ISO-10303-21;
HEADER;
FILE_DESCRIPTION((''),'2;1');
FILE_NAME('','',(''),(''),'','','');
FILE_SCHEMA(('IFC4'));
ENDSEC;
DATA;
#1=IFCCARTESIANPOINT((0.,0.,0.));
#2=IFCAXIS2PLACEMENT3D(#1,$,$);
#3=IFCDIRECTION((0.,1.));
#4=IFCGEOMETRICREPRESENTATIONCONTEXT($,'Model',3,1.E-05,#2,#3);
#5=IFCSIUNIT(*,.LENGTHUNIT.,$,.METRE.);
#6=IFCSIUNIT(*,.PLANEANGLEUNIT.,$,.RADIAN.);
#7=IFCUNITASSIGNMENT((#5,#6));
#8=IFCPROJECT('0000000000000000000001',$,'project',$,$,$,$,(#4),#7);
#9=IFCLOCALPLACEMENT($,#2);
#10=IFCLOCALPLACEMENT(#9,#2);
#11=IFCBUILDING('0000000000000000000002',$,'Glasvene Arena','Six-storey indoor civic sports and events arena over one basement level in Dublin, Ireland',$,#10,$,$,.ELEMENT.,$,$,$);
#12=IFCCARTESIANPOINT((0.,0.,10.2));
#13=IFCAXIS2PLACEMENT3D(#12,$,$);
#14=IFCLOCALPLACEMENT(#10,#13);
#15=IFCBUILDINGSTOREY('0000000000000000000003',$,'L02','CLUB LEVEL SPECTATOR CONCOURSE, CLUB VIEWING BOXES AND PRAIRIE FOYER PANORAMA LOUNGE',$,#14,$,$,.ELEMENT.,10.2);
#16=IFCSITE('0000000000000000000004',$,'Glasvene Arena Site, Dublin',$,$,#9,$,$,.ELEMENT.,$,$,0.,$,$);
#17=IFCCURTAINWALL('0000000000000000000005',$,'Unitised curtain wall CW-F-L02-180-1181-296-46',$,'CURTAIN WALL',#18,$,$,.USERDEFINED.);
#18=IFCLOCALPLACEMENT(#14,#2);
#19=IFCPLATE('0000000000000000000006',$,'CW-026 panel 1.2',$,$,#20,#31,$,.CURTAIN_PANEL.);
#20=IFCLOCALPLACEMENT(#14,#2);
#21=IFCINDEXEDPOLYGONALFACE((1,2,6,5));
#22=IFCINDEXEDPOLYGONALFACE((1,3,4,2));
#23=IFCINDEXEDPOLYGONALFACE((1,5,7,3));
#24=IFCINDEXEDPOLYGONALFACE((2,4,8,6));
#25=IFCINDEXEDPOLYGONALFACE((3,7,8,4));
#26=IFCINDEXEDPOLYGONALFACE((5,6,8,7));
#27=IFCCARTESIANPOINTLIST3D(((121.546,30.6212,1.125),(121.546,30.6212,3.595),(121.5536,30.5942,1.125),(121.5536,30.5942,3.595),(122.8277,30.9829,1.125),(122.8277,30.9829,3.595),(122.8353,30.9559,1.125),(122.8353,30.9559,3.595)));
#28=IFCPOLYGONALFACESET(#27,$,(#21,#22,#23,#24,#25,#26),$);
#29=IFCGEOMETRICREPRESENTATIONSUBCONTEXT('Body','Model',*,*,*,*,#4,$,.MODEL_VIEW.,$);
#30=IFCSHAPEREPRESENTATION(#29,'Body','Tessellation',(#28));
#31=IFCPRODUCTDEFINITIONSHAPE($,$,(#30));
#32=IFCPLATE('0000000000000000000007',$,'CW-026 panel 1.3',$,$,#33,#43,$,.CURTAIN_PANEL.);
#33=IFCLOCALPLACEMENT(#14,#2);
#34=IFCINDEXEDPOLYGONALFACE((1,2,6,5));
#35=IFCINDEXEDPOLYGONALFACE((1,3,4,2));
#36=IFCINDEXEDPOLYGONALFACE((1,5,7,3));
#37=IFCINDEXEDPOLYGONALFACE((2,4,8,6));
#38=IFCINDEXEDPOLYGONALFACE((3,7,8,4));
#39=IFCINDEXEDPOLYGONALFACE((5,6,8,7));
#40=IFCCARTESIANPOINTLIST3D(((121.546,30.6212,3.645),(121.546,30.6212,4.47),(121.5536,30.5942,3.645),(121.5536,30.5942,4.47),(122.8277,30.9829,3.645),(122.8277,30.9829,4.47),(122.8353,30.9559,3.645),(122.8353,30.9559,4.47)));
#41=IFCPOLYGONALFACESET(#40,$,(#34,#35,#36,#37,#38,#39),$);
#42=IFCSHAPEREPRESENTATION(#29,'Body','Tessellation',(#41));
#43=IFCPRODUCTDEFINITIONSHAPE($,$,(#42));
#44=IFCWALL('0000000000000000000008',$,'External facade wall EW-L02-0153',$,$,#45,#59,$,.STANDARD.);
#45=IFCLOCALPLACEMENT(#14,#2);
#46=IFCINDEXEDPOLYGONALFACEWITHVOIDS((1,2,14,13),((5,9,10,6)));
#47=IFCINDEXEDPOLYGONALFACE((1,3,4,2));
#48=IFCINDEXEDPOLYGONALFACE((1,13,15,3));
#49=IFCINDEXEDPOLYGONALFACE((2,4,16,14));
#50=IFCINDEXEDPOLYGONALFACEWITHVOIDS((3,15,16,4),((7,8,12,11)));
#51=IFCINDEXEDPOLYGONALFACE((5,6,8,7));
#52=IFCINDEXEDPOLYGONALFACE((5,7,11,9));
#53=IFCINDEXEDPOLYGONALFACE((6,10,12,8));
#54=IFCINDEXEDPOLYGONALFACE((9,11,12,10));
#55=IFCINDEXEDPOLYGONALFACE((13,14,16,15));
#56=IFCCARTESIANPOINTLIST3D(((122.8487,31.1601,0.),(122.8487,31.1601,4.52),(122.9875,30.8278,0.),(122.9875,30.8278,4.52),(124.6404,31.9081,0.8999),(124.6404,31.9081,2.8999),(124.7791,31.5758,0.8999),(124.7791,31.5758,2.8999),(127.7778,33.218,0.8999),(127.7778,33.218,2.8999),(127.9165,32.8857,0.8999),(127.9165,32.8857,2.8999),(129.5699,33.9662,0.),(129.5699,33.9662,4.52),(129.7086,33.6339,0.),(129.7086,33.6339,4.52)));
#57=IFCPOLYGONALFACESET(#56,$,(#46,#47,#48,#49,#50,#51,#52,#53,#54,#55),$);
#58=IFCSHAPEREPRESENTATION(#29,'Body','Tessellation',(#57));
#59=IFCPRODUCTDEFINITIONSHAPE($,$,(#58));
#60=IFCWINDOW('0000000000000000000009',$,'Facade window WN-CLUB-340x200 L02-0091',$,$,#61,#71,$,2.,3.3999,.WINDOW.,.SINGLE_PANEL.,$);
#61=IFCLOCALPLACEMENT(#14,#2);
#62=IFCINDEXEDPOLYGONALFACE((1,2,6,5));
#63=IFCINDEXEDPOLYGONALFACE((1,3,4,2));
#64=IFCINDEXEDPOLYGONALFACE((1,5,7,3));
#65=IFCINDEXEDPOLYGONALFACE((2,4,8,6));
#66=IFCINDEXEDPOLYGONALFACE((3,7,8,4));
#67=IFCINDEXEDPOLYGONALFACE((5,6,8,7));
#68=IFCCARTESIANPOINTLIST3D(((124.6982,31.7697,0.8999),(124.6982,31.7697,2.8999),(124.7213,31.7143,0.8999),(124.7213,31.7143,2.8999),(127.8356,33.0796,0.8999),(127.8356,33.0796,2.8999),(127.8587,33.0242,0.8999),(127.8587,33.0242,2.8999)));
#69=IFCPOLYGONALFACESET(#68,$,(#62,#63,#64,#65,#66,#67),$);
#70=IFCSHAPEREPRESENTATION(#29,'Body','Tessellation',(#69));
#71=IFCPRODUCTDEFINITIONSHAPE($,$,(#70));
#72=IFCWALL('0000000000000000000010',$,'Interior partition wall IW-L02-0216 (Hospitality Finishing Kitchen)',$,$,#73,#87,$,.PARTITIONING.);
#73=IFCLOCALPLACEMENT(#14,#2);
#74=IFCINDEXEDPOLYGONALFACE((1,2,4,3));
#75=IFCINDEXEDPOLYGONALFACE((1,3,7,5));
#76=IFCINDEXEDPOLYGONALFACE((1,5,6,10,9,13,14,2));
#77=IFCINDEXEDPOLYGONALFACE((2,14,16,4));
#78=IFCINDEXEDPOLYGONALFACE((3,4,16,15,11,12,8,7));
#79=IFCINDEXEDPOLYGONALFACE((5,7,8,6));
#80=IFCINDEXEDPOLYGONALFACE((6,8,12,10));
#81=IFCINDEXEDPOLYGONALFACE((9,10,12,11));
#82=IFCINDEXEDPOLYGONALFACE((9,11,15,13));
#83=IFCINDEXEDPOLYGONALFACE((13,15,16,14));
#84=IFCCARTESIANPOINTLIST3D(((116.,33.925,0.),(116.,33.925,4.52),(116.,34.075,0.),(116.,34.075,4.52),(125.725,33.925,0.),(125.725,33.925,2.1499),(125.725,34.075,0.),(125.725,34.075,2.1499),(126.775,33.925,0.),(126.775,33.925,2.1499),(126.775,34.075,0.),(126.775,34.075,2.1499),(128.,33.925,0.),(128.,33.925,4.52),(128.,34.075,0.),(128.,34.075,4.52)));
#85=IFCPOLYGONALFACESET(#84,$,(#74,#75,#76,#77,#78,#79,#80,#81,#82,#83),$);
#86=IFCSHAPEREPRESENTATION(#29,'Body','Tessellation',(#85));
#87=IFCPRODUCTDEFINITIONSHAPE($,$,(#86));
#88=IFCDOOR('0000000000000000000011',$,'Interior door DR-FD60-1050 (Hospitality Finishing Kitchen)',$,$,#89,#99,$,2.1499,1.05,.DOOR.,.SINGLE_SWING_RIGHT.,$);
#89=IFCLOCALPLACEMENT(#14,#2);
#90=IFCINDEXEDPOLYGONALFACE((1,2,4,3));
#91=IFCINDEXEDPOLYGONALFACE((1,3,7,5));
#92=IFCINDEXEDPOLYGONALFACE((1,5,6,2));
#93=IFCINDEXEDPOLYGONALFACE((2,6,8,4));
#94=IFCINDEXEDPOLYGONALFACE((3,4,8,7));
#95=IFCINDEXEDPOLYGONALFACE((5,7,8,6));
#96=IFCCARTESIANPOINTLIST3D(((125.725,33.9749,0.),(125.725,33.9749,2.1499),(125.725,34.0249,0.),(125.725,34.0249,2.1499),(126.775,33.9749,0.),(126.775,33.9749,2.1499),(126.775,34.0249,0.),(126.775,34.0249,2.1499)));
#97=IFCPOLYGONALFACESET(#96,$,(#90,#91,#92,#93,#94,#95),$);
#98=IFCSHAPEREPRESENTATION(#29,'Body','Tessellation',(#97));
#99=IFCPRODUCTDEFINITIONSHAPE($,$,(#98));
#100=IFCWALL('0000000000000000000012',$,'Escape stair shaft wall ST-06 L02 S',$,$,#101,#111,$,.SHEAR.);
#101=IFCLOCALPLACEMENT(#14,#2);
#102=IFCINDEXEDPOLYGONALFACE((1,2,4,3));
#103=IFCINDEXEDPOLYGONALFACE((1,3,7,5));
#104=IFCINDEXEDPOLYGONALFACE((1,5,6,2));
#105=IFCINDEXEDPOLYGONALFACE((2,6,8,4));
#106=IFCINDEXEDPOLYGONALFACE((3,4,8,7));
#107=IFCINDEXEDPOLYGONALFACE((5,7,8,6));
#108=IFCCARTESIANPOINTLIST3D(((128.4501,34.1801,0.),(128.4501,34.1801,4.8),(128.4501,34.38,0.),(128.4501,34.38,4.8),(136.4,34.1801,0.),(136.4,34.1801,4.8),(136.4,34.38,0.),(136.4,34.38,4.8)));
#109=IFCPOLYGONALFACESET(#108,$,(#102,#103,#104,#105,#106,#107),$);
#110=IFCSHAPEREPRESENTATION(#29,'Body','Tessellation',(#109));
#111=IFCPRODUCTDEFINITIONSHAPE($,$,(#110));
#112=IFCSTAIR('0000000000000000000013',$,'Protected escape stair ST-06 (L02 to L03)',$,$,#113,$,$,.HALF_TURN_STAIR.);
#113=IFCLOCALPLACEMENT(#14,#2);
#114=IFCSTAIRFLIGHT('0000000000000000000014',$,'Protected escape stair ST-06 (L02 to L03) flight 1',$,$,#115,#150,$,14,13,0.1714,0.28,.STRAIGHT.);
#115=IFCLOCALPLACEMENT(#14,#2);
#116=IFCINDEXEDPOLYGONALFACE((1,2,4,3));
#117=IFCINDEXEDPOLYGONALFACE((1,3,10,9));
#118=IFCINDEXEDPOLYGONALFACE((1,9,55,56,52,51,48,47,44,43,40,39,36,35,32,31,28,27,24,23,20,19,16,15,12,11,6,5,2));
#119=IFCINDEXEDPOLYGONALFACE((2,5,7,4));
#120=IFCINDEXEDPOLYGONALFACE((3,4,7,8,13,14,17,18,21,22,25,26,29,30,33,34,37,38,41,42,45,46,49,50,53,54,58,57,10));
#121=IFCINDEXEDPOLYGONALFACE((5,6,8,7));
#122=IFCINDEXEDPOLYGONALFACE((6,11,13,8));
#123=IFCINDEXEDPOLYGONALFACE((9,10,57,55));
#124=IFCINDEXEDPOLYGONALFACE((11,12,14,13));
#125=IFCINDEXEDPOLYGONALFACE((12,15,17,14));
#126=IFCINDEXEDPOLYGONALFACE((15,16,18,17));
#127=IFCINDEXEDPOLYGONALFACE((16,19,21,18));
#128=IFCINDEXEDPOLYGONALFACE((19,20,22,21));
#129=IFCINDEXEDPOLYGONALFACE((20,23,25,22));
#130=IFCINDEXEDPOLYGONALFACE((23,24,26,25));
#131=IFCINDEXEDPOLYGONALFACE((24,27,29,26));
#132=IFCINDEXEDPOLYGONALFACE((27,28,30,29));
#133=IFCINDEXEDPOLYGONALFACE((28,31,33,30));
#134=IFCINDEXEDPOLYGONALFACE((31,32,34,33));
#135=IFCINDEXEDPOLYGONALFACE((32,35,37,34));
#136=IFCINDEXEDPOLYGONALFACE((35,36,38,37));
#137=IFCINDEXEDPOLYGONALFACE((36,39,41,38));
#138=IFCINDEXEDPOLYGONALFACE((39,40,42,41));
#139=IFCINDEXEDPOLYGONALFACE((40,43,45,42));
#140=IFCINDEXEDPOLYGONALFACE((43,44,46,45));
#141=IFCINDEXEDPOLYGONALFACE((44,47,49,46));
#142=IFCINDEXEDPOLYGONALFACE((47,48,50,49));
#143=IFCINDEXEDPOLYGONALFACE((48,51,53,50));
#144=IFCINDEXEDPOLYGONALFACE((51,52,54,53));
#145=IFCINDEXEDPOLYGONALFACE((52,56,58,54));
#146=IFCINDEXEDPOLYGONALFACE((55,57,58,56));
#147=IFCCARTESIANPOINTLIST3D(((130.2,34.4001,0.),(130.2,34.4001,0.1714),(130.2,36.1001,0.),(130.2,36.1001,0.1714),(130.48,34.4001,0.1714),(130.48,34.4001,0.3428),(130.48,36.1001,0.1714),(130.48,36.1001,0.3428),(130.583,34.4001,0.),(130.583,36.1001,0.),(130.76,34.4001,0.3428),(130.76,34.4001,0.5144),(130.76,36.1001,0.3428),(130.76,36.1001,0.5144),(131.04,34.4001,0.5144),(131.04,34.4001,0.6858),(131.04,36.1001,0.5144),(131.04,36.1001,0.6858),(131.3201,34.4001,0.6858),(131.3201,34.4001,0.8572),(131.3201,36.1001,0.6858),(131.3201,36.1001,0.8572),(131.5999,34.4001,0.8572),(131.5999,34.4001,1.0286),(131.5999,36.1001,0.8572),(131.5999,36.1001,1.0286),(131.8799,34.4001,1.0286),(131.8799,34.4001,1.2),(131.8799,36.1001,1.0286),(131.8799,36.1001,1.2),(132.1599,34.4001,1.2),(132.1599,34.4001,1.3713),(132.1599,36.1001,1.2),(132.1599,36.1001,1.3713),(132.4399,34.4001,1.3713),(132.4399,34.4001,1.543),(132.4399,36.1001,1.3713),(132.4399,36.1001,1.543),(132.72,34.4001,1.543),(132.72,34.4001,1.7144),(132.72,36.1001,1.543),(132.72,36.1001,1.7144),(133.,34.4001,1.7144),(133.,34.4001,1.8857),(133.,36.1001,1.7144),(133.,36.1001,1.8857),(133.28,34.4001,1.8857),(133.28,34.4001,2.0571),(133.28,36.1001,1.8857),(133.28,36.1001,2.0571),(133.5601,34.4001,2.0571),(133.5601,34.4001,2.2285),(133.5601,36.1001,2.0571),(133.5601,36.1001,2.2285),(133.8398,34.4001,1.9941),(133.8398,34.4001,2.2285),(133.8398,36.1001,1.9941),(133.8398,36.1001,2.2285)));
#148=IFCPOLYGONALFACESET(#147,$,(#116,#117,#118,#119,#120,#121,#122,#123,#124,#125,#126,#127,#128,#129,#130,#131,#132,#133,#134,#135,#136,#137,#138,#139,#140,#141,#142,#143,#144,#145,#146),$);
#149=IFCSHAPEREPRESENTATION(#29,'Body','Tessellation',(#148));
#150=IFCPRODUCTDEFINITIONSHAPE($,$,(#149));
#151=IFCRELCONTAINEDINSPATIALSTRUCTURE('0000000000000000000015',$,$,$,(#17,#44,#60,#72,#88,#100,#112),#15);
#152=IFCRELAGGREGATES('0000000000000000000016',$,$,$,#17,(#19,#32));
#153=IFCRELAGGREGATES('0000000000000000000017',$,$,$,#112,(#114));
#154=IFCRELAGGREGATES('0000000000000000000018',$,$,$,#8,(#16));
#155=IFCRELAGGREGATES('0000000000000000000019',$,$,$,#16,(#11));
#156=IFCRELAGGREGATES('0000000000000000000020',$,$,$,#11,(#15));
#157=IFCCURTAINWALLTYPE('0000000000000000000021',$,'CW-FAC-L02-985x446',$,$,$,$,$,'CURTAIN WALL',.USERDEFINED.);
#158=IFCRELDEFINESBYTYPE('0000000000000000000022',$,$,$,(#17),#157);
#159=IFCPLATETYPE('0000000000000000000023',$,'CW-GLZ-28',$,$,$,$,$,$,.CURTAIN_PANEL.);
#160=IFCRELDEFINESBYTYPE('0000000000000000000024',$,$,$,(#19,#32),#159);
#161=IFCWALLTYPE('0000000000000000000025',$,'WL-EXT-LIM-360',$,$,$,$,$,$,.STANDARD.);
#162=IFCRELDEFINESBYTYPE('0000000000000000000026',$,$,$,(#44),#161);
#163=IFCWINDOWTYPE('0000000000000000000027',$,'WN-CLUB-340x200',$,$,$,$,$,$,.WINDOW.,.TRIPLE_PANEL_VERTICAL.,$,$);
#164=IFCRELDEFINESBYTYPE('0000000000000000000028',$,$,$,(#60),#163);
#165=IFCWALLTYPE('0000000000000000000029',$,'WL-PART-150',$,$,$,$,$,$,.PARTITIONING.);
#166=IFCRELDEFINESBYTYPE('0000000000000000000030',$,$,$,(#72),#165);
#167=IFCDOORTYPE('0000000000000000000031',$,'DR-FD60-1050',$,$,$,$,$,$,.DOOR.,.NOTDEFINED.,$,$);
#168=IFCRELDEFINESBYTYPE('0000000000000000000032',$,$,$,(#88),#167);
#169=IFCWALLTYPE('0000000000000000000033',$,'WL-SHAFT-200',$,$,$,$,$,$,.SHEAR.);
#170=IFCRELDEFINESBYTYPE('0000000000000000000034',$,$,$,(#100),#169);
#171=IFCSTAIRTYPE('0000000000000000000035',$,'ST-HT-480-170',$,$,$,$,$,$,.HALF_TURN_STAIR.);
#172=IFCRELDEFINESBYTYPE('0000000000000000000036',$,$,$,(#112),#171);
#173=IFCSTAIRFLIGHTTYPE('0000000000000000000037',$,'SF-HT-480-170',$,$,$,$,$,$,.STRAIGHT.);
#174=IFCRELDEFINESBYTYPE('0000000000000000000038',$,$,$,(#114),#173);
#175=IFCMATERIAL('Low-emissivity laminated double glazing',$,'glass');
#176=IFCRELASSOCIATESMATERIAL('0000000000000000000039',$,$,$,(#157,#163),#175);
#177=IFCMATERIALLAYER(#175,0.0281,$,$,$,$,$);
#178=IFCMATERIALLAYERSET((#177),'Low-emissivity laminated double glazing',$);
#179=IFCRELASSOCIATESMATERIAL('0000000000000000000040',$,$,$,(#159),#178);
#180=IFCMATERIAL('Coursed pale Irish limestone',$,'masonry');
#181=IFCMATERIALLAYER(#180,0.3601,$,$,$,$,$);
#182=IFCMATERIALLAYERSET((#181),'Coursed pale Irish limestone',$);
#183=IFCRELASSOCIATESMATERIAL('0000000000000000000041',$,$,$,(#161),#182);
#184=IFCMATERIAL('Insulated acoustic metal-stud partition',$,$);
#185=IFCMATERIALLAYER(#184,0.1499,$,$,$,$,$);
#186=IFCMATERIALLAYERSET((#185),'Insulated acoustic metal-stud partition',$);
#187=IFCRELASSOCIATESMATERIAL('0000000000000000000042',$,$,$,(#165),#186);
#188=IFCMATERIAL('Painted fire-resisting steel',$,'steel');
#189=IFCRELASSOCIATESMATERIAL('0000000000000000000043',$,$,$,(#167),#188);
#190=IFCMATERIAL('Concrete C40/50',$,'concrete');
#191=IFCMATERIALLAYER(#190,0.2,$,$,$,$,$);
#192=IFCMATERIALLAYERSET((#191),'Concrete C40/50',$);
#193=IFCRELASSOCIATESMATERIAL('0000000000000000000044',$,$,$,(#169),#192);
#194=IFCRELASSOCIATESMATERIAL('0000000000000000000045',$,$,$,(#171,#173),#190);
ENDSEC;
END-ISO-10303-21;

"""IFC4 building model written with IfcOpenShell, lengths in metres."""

from ifc_helpers import new_model, si_unit, direction, frame, frame_2d, origin, origin_2d, place, context, subcontext, project, spatial, polyline, rectangle, outline, extrude, material, layer, layer_set, type_object, element, fill, aggregate, save


model = new_model("IFC4")

# Units and contexts
model_context = context("Model", 3, precision=1e-05, world=origin(), true_north=direction((0.0, 1.0)))
body_context = subcontext(model_context, "Body", "Model", "MODEL_VIEW")
ifc_project = project(units=[si_unit("LENGTHUNIT", "METRE"), si_unit("PLANEANGLEUNIT", "RADIAN")], contexts=[model_context])

# Site, building, storey
site_placement = place(None, origin())
site = spatial("IfcSite", under=ifc_project, at=site_placement, Name="Glasvene Arena Site, Dublin", CompositionType="ELEMENT", RefElevation=0.0)
building_placement = place(site_placement, origin())
building = spatial("IfcBuilding", under=site, at=building_placement, Name="Glasvene Arena", Description="Six-storey indoor civic sports and events arena over one basement level in Dublin, Ireland", CompositionType="ELEMENT")
storey_placement = place(building_placement, frame((0.0, 0.0, 10.2)))
storey = spatial("IfcBuildingStorey", under=building, at=storey_placement, Name="L02", Description="CLUB LEVEL SPECTATOR CONCOURSE, CLUB VIEWING BOXES AND PRAIRIE FOYER PANORAMA LOUNGE", CompositionType="ELEMENT", Elevation=10.2)

# Curtain wall, plates
ifc_material_1 = material(Name="Low-emissivity laminated double glazing", Category="glass")
curtain_wall_type = type_object("IfcCurtainWallType", Name="CW-FAC-L02-985x446", ElementType="CURTAIN WALL", PredefinedType="USERDEFINED", material=ifc_material_1)
curtain_wall_placement = place(storey_placement, frame((122.8794, 30.9829, 0.0)))
curtain_wall = element("IfcCurtainWall", 1, at=curtain_wall_placement, inside=storey, type_object=curtain_wall_type, Name="Unitised curtain wall CW-F-L02-180-1181-296-46", ObjectType="CURTAIN WALL", PredefinedType="USERDEFINED")
ifc_layer_1 = layer(ifc_material_1, 0.0281)
ifc_layer_set_1 = layer_set([ifc_layer_1], Name="Low-emissivity laminated double glazing")
plate_type = type_object("IfcPlateType", Name="CW-GLZ-28", PredefinedType="CURTAIN_PANEL", material=ifc_layer_set_1)
plate_1_placement = place(storey_placement, frame((122.1907, 30.7886, 1.125), z_axis=(0.0, 0.0, 1.0), x_axis=(-0.962411, -0.271597, 0.0)))
plate_1 = element("IfcPlate", 2, at=plate_1_placement, type_object=plate_type, Name="CW-026 panel 1.2", PredefinedType="CURTAIN_PANEL", context=body_context, shape_type="SweptSolid", body=[
    extrude(rectangle(XDim=1.3318, YDim=0.0281, at=origin_2d()), origin(), (0.0, 0.0, 1.0), 2.47),
])
plate_2_placement = place(storey_placement, frame((122.1907, 30.7886, 3.645), z_axis=(0.0, 0.0, 1.0), x_axis=(-0.962411, -0.271597, 0.0)))
plate_2 = element("IfcPlate", 3, at=plate_2_placement, type_object=plate_type, Name="CW-026 panel 1.3", PredefinedType="CURTAIN_PANEL", context=body_context, shape_type="SweptSolid", body=[
    extrude(rectangle(XDim=1.3318, YDim=0.0281, at=origin_2d()), origin(), (0.0, 0.0, 1.0), 0.825),
])
aggregate(curtain_wall, [plate_1, plate_2])

# Wall, opening, window
ifc_material_2 = material(Name="Coursed pale Irish limestone", Category="masonry")
ifc_layer_2 = layer(ifc_material_2, 0.3601)
ifc_layer_set_2 = layer_set([ifc_layer_2], Name="Coursed pale Irish limestone")
wall_type_1 = type_object("IfcWallType", Name="WL-EXT-LIM-360", PredefinedType="STANDARD", material=ifc_layer_set_2)
wall_1_placement = place(storey_placement, frame((129.6392, 33.8, 0.0), z_axis=(0.0, 0.0, 1.0), x_axis=(-0.922801, -0.385277, 0.0)))
wall_1 = element("IfcWall", 4, at=wall_1_placement, inside=storey, type_object=wall_type_1, Name="External facade wall EW-L02-0153", PredefinedType="STANDARD", context=body_context, shape_type="SweptSolid", body=[
    extrude(rectangle(XDim=7.2834, YDim=0.3601, at=frame_2d((3.6416, 0.0))), origin(), (0.0, 0.0, 1.0), 4.52),
])
opening_1_placement = place(wall_1_placement, frame((1.9419, 0.0, 0.8999)))
opening_1 = element("IfcOpeningElement", 5, at=opening_1_placement, cuts=wall_1, PredefinedType="OPENING", context=body_context, shape_type="SweptSolid", body=[
    extrude(rectangle(XDim=3.3999, YDim=2.0, at=frame_2d((1.7, 1.0))), frame((0.0, 0.1899, 0.0), z_axis=(0.0, -1.0, 0.0), x_axis=(1.0, 0.0, 0.0)), (0.0, 0.0, 1.0), 0.3801),
])
window_type = type_object("IfcWindowType", Name="WN-CLUB-340x200", PartitioningType="TRIPLE_PANEL_VERTICAL", PredefinedType="WINDOW", material=ifc_material_1)
window_placement = place(opening_1_placement, origin())
window = element("IfcWindow", 6, at=window_placement, inside=storey, type_object=window_type, Name="Facade window WN-CLUB-340x200 L02-0091", OverallHeight=2.0, OverallWidth=3.3999, PartitioningType="SINGLE_PANEL", PredefinedType="WINDOW", context=body_context, shape_type="SweptSolid", body=[
    extrude(rectangle(XDim=3.3999, YDim=2.0, at=frame_2d((1.7, 1.0))), frame((0.0, 0.03, 0.0), z_axis=(0.0, -1.0, 0.0), x_axis=(1.0, 0.0, 0.0)), (0.0, 0.0, 1.0), 0.0601),
])
fill(opening_1, window)

# Wall, opening, door
ifc_material_3 = material(Name="Insulated acoustic metal-stud partition")
ifc_layer_3 = layer(ifc_material_3, 0.1499)
ifc_layer_set_3 = layer_set([ifc_layer_3], Name="Insulated acoustic metal-stud partition")
wall_type_2 = type_object("IfcWallType", Name="WL-PART-150", PredefinedType="PARTITIONING", material=ifc_layer_set_3)
wall_2_placement = place(storey_placement, frame((116.0, 34.0, 0.0), z_axis=(0.0, 0.0, 1.0), x_axis=(1.0, 0.0, 0.0)))
wall_2 = element("IfcWall", 7, at=wall_2_placement, inside=storey, type_object=wall_type_2, Name="Interior partition wall IW-L02-0216 (Hospitality Finishing Kitchen)", PredefinedType="PARTITIONING", context=body_context, shape_type="SweptSolid", body=[
    extrude(rectangle(XDim=12.0, YDim=0.1499, at=frame_2d((6.0, 0.0))), origin(), (0.0, 0.0, 1.0), 4.52),
])
opening_2_placement = place(wall_2_placement, frame((9.7251, 0.0, 0.0)))
opening_2 = element("IfcOpeningElement", 8, at=opening_2_placement, cuts=wall_2, PredefinedType="OPENING", context=body_context, shape_type="SweptSolid", body=[
    extrude(rectangle(XDim=1.05, YDim=2.1499, at=frame_2d((0.5249, 1.075))), frame((0.0, 0.085, 0.0), z_axis=(0.0, -1.0, 0.0), x_axis=(1.0, 0.0, 0.0)), (0.0, 0.0, 1.0), 0.1699),
])
ifc_material_4 = material(Name="Painted fire-resisting steel", Category="steel")
door_type_1 = type_object("IfcDoorType", Name="DR-FD60-1050", OperationType="NOTDEFINED", PredefinedType="DOOR", material=ifc_material_4)
door_1_placement = place(opening_2_placement, origin())
door_1 = element("IfcDoor", 9, at=door_1_placement, inside=storey, type_object=door_type_1, Name="Interior door DR-FD60-1050 (Hospitality Finishing Kitchen)", OperationType="SINGLE_SWING_RIGHT", OverallHeight=2.1499, OverallWidth=1.05, PredefinedType="DOOR", context=body_context, shape_type="SweptSolid", body=[
    extrude(rectangle(XDim=1.05, YDim=2.1499, at=frame_2d((0.5249, 1.075))), frame((0.0, 0.0249, 0.0), z_axis=(0.0, -1.0, 0.0), x_axis=(1.0, 0.0, 0.0)), (0.0, 0.0, 1.0), 0.05),
])
fill(opening_2, door_1)

# Wall
ifc_material_5 = material(Name="Concrete C40/50", Category="concrete")
ifc_layer_4 = layer(ifc_material_5, 0.2)
ifc_layer_set_4 = layer_set([ifc_layer_4], Name="Concrete C40/50")
wall_type_3 = type_object("IfcWallType", Name="WL-SHAFT-200", PredefinedType="SHEAR", material=ifc_layer_set_4)
wall_3_placement = place(storey_placement, frame((128.45, 34.28, 0.0), z_axis=(0.0, 0.0, 1.0), x_axis=(1.0, 0.0, 0.0)))
element("IfcWall", 10, at=wall_3_placement, inside=storey, type_object=wall_type_3, Name="Escape stair shaft wall ST-06 L02 S", PredefinedType="SHEAR", context=body_context, shape_type="SweptSolid", body=[
    extrude(rectangle(XDim=7.95, YDim=0.2, at=frame_2d((3.9751, 0.0))), origin(), (0.0, 0.0, 1.0), 4.8),
])

# Stair, stair flight
stair_type = type_object("IfcStairType", Name="ST-HT-480-170", PredefinedType="HALF_TURN_STAIR", material=ifc_material_5)
stair_placement = place(storey_placement, origin())
stair = element("IfcStair", 11, at=stair_placement, inside=storey, type_object=stair_type, Name="Protected escape stair ST-06 (L02 to L03)", PredefinedType="HALF_TURN_STAIR")
stair_flight_type = type_object("IfcStairFlightType", Name="SF-HT-480-170", PredefinedType="STRAIGHT", material=ifc_material_5)
stair_flight_1_placement = place(storey_placement, frame((130.2, 35.25, 0.0), z_axis=(0.0, 0.0, 1.0), x_axis=(1.0, 0.0, 0.0)))
stair_flight_1 = element("IfcStairFlight", 12, at=stair_flight_1_placement, type_object=stair_flight_type, Name="Protected escape stair ST-06 (L02 to L03) flight 1", NumberOfRisers=14, NumberOfTreads=13, PredefinedType="STRAIGHT", RiserHeight=0.1714, TreadLength=0.28, context=body_context, shape_type="SweptSolid", body=[
    extrude(outline(polyline([(0.0, 0.0), (0.0, 0.1714), (0.28, 0.1714), (0.28, 0.3428), (0.5601, 0.3428), (0.5601, 0.5144), (0.8401, 0.5144), (0.8401, 0.6858), (1.1201, 0.6858), (1.1201, 0.8572), (1.3999, 0.8572), (1.3999, 1.0286), (1.6799, 1.0286), (1.6799, 1.2), (1.96, 1.2), (1.96, 1.3713), (2.24, 1.3713), (2.24, 1.543), (2.52, 1.543), (2.52, 1.7144), (2.8, 1.7144), (2.8, 1.8857), (3.0801, 1.8857), (3.0801, 2.0571), (3.3601, 2.0571), (3.3601, 2.2285), (3.6399, 2.2285), (3.6399, 2.3999), (3.6399, 1.9941), (0.3831, 0.0), (0.0, 0.0)])), frame((0.0, 0.8501, 0.0), z_axis=(0.0, -1.0, 0.0), x_axis=(1.0, 0.0, 0.0)), (0.0, 0.0, 1.0), 1.7),
])
aggregate(stair, [stair_flight_1])

save(model, "model.ifc")
